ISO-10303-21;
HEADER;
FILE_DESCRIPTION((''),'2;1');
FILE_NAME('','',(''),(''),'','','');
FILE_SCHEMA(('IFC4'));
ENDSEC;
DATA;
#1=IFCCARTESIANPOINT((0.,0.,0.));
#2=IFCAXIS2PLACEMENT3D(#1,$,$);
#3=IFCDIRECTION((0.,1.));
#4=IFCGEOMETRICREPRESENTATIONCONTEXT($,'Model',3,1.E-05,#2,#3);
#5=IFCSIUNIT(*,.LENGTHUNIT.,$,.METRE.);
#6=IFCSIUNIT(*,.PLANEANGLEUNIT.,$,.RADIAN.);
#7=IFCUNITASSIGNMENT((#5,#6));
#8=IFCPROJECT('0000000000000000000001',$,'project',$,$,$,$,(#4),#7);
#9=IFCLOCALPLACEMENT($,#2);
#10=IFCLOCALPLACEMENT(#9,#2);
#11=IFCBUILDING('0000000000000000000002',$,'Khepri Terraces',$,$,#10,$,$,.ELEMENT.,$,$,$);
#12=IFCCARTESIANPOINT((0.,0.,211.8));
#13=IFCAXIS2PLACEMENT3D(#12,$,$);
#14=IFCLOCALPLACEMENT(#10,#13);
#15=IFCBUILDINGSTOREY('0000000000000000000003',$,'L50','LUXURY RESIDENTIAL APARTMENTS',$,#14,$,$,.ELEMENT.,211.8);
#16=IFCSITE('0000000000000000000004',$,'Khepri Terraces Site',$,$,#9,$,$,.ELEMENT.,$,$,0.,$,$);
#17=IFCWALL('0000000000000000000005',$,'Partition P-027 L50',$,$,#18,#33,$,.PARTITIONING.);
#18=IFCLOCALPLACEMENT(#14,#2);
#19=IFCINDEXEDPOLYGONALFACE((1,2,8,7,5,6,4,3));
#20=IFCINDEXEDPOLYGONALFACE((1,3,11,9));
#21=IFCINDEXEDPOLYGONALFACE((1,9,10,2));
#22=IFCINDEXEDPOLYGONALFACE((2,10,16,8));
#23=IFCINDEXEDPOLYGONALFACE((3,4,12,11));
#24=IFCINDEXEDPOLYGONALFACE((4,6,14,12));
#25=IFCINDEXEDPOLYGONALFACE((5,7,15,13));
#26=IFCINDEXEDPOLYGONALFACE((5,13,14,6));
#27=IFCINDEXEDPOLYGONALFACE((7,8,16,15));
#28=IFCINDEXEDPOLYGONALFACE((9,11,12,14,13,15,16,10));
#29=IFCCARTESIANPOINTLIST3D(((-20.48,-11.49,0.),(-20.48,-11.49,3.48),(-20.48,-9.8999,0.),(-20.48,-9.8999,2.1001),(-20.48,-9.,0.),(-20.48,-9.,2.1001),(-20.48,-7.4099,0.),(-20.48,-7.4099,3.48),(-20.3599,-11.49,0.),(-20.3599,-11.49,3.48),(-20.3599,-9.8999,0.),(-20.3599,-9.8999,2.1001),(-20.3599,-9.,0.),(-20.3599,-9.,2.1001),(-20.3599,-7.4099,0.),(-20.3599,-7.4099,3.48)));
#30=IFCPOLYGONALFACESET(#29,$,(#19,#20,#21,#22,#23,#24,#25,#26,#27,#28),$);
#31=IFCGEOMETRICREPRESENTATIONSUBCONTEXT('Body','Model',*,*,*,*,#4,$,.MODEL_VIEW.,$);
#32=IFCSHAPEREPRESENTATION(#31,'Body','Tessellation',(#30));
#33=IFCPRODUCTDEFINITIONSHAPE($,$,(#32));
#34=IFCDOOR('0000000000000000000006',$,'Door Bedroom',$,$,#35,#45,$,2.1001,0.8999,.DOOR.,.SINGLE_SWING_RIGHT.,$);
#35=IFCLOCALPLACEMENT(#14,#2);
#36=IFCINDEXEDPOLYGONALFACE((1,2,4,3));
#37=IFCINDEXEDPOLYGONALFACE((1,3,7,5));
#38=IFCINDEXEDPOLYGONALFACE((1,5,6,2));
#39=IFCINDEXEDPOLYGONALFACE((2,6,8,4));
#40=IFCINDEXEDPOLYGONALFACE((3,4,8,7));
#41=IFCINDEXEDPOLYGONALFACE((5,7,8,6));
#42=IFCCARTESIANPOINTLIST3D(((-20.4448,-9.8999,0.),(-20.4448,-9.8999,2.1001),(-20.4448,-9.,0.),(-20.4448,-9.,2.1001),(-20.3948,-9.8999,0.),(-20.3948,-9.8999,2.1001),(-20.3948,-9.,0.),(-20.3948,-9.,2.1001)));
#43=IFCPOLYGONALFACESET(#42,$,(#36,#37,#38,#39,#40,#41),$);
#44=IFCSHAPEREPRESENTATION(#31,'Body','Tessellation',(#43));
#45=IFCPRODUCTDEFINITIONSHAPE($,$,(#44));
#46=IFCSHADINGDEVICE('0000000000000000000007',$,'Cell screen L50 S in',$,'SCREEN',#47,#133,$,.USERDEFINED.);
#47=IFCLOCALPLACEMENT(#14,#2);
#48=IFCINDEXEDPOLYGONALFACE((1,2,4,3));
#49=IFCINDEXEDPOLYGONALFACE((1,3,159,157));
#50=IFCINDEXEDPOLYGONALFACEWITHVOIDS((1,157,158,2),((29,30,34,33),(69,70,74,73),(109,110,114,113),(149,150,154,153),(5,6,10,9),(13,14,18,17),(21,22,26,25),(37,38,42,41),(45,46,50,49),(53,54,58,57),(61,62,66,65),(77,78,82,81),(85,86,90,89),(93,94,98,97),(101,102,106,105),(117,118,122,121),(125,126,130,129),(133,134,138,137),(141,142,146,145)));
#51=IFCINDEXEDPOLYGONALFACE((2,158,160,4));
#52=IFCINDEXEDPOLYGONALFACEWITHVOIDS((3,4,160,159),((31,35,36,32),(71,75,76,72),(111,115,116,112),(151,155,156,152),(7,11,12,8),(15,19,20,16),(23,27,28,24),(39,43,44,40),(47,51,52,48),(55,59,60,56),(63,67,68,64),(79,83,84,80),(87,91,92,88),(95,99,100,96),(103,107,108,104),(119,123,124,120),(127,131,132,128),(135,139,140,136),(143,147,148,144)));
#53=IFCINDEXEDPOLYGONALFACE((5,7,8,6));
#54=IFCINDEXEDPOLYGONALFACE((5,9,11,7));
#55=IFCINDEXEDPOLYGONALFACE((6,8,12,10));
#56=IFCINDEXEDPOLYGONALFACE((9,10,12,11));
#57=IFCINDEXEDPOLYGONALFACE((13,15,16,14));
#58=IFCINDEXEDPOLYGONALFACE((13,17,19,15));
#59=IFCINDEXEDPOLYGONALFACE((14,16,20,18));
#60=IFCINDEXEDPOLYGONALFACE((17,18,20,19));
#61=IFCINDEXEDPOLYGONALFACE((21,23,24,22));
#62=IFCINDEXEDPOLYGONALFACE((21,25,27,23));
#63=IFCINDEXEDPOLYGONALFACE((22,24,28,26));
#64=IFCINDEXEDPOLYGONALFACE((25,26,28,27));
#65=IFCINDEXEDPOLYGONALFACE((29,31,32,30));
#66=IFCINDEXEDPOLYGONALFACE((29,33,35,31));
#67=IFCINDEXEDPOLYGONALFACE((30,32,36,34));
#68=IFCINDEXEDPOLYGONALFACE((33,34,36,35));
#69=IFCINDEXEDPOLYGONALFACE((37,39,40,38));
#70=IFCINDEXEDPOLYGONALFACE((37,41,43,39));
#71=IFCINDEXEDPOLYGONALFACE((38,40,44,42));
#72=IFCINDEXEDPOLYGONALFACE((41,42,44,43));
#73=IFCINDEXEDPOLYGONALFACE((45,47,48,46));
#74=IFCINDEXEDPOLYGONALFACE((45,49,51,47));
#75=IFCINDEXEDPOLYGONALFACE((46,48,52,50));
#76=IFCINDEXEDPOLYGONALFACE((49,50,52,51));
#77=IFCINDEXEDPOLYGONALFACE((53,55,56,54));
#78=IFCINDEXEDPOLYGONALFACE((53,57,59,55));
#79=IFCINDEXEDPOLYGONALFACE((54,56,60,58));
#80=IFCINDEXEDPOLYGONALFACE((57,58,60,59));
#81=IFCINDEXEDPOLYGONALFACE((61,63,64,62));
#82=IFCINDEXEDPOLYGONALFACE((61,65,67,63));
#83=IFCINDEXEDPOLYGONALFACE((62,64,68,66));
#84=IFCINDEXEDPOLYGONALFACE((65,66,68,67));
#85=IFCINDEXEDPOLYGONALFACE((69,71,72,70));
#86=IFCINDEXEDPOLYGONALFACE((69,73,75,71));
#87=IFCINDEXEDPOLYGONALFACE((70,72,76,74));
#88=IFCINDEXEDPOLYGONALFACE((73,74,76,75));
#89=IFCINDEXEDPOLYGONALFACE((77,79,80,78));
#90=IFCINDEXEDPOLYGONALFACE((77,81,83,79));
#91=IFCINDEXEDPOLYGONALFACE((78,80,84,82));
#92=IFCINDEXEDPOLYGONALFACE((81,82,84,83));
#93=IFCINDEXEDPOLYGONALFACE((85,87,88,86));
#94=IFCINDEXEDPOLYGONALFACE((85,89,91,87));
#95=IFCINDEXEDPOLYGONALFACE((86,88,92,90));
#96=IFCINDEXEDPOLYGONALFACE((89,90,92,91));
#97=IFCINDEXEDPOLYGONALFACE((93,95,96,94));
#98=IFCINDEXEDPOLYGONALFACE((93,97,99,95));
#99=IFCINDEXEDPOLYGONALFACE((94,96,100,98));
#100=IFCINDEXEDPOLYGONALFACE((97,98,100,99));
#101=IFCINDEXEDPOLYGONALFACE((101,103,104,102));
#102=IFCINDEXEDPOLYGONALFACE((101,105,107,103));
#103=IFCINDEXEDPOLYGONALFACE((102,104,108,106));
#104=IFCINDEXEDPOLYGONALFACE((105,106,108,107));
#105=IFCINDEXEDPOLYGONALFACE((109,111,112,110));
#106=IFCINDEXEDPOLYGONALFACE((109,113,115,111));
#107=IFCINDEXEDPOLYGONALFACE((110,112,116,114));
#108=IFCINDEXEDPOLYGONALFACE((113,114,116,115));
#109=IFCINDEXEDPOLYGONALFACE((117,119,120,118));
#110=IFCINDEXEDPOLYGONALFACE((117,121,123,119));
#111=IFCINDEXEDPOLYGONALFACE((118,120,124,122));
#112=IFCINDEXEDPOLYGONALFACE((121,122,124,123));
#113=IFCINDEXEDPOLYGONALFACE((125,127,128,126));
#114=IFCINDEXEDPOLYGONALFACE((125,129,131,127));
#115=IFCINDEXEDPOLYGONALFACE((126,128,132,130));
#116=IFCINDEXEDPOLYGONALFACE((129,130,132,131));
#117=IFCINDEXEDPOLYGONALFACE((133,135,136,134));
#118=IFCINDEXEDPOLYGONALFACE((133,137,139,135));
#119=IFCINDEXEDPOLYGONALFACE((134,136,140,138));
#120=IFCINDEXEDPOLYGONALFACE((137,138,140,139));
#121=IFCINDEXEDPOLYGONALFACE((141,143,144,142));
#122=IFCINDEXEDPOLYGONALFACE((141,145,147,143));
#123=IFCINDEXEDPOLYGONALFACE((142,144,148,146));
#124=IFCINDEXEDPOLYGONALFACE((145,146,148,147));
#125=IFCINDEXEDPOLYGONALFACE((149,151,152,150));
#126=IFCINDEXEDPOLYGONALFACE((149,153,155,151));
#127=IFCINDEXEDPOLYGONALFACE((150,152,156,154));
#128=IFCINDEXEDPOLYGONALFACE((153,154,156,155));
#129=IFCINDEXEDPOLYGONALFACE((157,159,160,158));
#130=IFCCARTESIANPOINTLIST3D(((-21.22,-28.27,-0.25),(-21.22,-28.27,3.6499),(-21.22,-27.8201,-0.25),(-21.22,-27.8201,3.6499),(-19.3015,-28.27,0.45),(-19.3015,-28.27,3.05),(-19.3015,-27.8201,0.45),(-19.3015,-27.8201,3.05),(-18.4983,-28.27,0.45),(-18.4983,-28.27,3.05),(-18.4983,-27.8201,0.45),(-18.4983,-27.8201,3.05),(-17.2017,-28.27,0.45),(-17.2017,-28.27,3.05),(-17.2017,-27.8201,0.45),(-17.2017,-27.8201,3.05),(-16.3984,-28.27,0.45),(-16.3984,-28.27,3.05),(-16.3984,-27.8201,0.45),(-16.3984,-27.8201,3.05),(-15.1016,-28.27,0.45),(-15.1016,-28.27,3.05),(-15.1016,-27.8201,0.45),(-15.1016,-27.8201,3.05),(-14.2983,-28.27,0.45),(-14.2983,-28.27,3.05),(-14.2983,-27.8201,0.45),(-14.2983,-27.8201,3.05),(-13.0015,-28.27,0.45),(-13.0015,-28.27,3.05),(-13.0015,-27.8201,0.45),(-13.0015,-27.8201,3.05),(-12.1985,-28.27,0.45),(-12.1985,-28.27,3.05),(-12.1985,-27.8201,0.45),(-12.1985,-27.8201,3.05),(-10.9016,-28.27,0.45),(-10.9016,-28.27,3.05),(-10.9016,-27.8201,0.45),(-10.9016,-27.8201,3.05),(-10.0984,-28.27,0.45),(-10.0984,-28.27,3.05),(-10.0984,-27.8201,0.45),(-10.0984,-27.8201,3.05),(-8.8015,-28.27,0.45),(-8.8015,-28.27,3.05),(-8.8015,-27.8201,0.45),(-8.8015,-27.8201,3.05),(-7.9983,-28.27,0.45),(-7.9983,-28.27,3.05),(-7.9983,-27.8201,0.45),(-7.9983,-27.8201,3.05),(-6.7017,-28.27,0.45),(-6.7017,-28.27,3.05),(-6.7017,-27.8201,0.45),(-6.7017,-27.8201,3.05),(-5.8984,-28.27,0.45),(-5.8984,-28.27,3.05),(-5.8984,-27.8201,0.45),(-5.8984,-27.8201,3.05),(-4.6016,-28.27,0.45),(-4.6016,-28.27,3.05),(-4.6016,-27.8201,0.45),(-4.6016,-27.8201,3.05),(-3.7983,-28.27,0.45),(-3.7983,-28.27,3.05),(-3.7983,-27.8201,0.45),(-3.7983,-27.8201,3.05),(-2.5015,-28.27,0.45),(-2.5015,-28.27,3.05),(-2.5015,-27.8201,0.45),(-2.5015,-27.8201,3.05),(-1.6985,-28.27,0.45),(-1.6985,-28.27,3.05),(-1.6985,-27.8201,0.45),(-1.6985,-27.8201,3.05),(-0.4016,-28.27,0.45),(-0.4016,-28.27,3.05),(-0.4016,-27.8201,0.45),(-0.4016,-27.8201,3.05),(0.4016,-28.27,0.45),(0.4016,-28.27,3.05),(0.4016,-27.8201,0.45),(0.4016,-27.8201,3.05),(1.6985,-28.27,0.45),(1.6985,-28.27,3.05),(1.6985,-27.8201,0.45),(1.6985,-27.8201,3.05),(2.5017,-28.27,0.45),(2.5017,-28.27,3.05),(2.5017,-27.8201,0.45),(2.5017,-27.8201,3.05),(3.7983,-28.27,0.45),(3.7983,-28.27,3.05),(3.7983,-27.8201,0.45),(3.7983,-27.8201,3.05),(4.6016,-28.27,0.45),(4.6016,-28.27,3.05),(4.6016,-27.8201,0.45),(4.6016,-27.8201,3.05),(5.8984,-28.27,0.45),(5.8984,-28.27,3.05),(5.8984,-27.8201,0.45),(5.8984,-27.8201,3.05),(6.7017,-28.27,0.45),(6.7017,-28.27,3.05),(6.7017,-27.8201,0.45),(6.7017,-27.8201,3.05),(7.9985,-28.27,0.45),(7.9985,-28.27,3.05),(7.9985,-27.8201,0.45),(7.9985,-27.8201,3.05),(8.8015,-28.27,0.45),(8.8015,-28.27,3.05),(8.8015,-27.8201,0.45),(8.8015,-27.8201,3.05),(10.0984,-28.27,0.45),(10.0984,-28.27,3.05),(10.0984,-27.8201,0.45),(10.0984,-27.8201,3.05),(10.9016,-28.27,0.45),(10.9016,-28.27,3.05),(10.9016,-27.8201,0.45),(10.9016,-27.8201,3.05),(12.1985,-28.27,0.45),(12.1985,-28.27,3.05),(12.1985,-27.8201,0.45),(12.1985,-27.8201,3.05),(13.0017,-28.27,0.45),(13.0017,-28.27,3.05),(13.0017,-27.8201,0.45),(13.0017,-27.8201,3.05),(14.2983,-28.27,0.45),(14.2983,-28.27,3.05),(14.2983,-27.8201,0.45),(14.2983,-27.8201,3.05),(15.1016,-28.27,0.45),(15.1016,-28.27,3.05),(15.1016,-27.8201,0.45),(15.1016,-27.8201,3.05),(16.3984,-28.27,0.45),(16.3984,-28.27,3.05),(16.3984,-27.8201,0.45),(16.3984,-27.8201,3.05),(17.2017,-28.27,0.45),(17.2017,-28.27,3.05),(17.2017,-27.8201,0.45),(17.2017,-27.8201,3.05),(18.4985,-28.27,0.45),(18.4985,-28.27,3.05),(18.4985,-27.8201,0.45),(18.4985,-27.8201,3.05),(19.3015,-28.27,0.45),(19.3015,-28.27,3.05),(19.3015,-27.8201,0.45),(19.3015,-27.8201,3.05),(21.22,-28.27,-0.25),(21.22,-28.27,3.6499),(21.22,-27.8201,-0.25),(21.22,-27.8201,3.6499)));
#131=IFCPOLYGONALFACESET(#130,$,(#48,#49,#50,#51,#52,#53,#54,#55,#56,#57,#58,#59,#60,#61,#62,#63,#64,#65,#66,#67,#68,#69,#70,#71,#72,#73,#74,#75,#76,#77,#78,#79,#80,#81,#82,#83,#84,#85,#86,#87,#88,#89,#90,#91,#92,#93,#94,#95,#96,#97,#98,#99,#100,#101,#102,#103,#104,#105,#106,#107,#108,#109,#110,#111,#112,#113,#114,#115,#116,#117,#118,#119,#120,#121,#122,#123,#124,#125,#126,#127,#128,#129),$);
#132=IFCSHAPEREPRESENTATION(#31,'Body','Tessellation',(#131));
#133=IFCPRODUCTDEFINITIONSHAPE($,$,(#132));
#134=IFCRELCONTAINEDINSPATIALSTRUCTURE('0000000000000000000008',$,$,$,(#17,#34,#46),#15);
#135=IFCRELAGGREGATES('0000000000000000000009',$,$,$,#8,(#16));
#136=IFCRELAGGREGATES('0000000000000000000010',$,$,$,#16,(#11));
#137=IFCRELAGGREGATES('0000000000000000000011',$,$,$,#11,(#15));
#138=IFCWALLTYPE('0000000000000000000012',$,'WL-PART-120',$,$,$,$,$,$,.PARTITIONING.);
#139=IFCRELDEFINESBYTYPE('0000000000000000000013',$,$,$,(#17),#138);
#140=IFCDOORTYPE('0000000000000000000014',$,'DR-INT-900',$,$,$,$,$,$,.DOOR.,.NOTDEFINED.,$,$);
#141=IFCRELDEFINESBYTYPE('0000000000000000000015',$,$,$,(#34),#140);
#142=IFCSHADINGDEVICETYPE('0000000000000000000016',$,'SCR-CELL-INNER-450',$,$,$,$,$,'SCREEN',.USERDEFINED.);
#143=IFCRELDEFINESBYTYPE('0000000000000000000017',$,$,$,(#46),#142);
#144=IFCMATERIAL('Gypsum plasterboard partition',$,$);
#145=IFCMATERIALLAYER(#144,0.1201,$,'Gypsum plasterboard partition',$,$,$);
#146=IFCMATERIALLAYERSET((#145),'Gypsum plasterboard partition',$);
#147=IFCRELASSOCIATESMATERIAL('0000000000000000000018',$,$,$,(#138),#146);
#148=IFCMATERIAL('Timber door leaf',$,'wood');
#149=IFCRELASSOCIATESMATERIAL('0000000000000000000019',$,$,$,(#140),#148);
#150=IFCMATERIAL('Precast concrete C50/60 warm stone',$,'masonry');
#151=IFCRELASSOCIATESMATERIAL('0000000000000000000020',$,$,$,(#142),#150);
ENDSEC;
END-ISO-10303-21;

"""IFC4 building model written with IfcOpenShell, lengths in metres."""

from ifc_helpers import new_model, si_unit, direction, frame, frame_2d, origin, place, context, subcontext, project, spatial, polyline, rectangle, outline, extrude, material, layer, layer_set, type_object, element, fill, save


model = new_model("IFC4")

# Units and contexts
model_context = context("Model", 3, precision=1e-05, world=origin(), true_north=direction((0.0, 1.0)))
body_context = subcontext(model_context, "Body", "Model", "MODEL_VIEW")
ifc_project = project(units=[si_unit("LENGTHUNIT", "METRE"), si_unit("PLANEANGLEUNIT", "RADIAN")], contexts=[model_context])

# Site, building, storey
site_placement = place(None, origin())
site = spatial("IfcSite", under=ifc_project, at=site_placement, Name="Khepri Terraces Site", CompositionType="ELEMENT", RefElevation=0.0)
building_placement = place(site_placement, origin())
building = spatial("IfcBuilding", under=site, at=building_placement, Name="Khepri Terraces", CompositionType="ELEMENT")
storey_placement = place(building_placement, frame((0.0, 0.0, 211.8)))
storey = spatial("IfcBuildingStorey", under=building, at=storey_placement, Name="L50", Description="LUXURY RESIDENTIAL APARTMENTS", CompositionType="ELEMENT", Elevation=211.8)

# Shared definitions
ifc_material_1 = material(Name="Precast concrete C50/60 warm stone", Category="masonry")

# Shared definitions
ifc_material_2 = material(Name="Gypsum plasterboard partition")
ifc_layer_1 = layer(ifc_material_2, 0.1201, Name="Gypsum plasterboard partition")
ifc_layer_set_1 = layer_set([ifc_layer_1], Name="Gypsum plasterboard partition")
wall_type_1 = type_object("IfcWallType", Name="WL-PART-120", PredefinedType="PARTITIONING", material=ifc_layer_set_1)

# Shared definitions
ifc_material_3 = material(Name="Timber door leaf", Category="wood")
door_type_1 = type_object("IfcDoorType", Name="DR-INT-900", OperationType="NOTDEFINED", PredefinedType="DOOR", material=ifc_material_3)

# Wall, opening, door
wall_1_placement = place(storey_placement, frame((-20.4199, -11.49, 0.0), z_axis=(0.0, 0.0, 1.0), x_axis=(0.0, 1.0, 0.0)))
wall_1 = element("IfcWall", 1, at=wall_1_placement, inside=storey, type_object=wall_type_1, Name="Partition P-027 L50", PredefinedType="PARTITIONING", context=body_context, shape_type="SweptSolid", body=[
    extrude(rectangle(XDim=4.0801, YDim=0.1201, at=frame_2d((2.04, 0.0))), origin(), (0.0, 0.0, 1.0), 3.48),
])
opening_1_placement = place(wall_1_placement, frame((1.5901, 0.0, 0.0)))
opening_1 = element("IfcOpeningElement", 2, at=opening_1_placement, cuts=wall_1, PredefinedType="OPENING", context=body_context, shape_type="SweptSolid", body=[
    extrude(rectangle(XDim=0.8999, YDim=2.1001, at=frame_2d((0.45, 1.05))), frame((0.0, 0.0701, 0.0), z_axis=(0.0, -1.0, 0.0), x_axis=(1.0, 0.0, 0.0)), (0.0, 0.0, 1.0), 0.1401),
])
door_1_placement = place(opening_1_placement, origin())
door_1 = element("IfcDoor", 3, at=door_1_placement, inside=storey, type_object=door_type_1, Name="Door Bedroom", OperationType="SINGLE_SWING_RIGHT", OverallHeight=2.1001, OverallWidth=0.8999, PredefinedType="DOOR", context=body_context, shape_type="SweptSolid", body=[
    extrude(rectangle(XDim=0.8999, YDim=2.1001, at=frame_2d((0.45, 1.05))), frame((0.0, 0.0249, 0.0), z_axis=(0.0, -1.0, 0.0), x_axis=(1.0, 0.0, 0.0)), (0.0, 0.0, 1.0), 0.05),
])
fill(opening_1, door_1)

# Shading device
shading_device_type_1 = type_object("IfcShadingDeviceType", Name="SCR-CELL-INNER-450", ElementType="SCREEN", PredefinedType="USERDEFINED", material=ifc_material_1)
shading_device_1_placement = place(storey_placement, frame((-21.22, -27.8201, -0.25), z_axis=(0.0, -1.0, 0.0), x_axis=(1.0, 0.0, 0.0)))
element("IfcShadingDevice", 4, at=shading_device_1_placement, inside=storey, type_object=shading_device_type_1, Name="Cell screen L50 S in", ObjectType="SCREEN", PredefinedType="USERDEFINED", context=body_context, shape_type="SweptSolid", body=[
    extrude(outline(polyline([(0.0, 0.0), (42.4399, 0.0), (42.4399, 3.8999), (0.0, 3.8999), (0.0, 0.0)]), holes=[polyline([(1.9185, 0.7), (2.7217, 0.7), (2.7217, 3.3), (1.9185, 3.3), (1.9185, 0.7)]), polyline([(4.0183, 0.7), (4.8215, 0.7), (4.8215, 3.3), (4.0183, 3.3), (4.0183, 0.7)]), polyline([(6.1184, 0.7), (6.9216, 0.7), (6.9216, 3.3), (6.1184, 3.3), (6.1184, 0.7)]), polyline([(8.2185, 0.7), (9.0215, 0.7), (9.0215, 3.3), (8.2185, 3.3), (8.2185, 0.7)]), polyline([(10.3184, 0.7), (11.1216, 0.7), (11.1216, 3.3), (10.3184, 3.3), (10.3184, 0.7)]), polyline([(12.4185, 0.7), (13.2217, 0.7), (13.2217, 3.3), (12.4185, 3.3), (12.4185, 0.7)]), polyline([(14.5183, 0.7), (15.3215, 0.7), (15.3215, 3.3), (14.5183, 3.3), (14.5183, 0.7)]), polyline([(16.6184, 0.7), (17.4216, 0.7), (17.4216, 3.3), (16.6184, 3.3), (16.6184, 0.7)]), polyline([(18.7185, 0.7), (19.5215, 0.7), (19.5215, 3.3), (18.7185, 3.3), (18.7185, 0.7)]), polyline([(20.8184, 0.7), (21.6216, 0.7), (21.6216, 3.3), (20.8184, 3.3), (20.8184, 0.7)]), polyline([(22.9185, 0.7), (23.7217, 0.7), (23.7217, 3.3), (22.9185, 3.3), (22.9185, 0.7)]), polyline([(25.0183, 0.7), (25.8215, 0.7), (25.8215, 3.3), (25.0183, 3.3), (25.0183, 0.7)]), polyline([(27.1184, 0.7), (27.9216, 0.7), (27.9216, 3.3), (27.1184, 3.3), (27.1184, 0.7)]), polyline([(29.2185, 0.7), (30.0215, 0.7), (30.0215, 3.3), (29.2185, 3.3), (29.2185, 0.7)]), polyline([(31.3184, 0.7), (32.1216, 0.7), (32.1216, 3.3), (31.3184, 3.3), (31.3184, 0.7)]), polyline([(33.4185, 0.7), (34.2217, 0.7), (34.2217, 3.3), (33.4185, 3.3), (33.4185, 0.7)]), polyline([(35.5183, 0.7), (36.3215, 0.7), (36.3215, 3.3), (35.5183, 3.3), (35.5183, 0.7)]), polyline([(37.6184, 0.7), (38.4216, 0.7), (38.4216, 3.3), (37.6184, 3.3), (37.6184, 0.7)]), polyline([(39.7185, 0.7), (40.5215, 0.7), (40.5215, 3.3), (39.7185, 3.3), (39.7185, 0.7)])]), origin(), (0.0, 0.0, 1.0), 0.45),
])

save(model, "model.ifc")
